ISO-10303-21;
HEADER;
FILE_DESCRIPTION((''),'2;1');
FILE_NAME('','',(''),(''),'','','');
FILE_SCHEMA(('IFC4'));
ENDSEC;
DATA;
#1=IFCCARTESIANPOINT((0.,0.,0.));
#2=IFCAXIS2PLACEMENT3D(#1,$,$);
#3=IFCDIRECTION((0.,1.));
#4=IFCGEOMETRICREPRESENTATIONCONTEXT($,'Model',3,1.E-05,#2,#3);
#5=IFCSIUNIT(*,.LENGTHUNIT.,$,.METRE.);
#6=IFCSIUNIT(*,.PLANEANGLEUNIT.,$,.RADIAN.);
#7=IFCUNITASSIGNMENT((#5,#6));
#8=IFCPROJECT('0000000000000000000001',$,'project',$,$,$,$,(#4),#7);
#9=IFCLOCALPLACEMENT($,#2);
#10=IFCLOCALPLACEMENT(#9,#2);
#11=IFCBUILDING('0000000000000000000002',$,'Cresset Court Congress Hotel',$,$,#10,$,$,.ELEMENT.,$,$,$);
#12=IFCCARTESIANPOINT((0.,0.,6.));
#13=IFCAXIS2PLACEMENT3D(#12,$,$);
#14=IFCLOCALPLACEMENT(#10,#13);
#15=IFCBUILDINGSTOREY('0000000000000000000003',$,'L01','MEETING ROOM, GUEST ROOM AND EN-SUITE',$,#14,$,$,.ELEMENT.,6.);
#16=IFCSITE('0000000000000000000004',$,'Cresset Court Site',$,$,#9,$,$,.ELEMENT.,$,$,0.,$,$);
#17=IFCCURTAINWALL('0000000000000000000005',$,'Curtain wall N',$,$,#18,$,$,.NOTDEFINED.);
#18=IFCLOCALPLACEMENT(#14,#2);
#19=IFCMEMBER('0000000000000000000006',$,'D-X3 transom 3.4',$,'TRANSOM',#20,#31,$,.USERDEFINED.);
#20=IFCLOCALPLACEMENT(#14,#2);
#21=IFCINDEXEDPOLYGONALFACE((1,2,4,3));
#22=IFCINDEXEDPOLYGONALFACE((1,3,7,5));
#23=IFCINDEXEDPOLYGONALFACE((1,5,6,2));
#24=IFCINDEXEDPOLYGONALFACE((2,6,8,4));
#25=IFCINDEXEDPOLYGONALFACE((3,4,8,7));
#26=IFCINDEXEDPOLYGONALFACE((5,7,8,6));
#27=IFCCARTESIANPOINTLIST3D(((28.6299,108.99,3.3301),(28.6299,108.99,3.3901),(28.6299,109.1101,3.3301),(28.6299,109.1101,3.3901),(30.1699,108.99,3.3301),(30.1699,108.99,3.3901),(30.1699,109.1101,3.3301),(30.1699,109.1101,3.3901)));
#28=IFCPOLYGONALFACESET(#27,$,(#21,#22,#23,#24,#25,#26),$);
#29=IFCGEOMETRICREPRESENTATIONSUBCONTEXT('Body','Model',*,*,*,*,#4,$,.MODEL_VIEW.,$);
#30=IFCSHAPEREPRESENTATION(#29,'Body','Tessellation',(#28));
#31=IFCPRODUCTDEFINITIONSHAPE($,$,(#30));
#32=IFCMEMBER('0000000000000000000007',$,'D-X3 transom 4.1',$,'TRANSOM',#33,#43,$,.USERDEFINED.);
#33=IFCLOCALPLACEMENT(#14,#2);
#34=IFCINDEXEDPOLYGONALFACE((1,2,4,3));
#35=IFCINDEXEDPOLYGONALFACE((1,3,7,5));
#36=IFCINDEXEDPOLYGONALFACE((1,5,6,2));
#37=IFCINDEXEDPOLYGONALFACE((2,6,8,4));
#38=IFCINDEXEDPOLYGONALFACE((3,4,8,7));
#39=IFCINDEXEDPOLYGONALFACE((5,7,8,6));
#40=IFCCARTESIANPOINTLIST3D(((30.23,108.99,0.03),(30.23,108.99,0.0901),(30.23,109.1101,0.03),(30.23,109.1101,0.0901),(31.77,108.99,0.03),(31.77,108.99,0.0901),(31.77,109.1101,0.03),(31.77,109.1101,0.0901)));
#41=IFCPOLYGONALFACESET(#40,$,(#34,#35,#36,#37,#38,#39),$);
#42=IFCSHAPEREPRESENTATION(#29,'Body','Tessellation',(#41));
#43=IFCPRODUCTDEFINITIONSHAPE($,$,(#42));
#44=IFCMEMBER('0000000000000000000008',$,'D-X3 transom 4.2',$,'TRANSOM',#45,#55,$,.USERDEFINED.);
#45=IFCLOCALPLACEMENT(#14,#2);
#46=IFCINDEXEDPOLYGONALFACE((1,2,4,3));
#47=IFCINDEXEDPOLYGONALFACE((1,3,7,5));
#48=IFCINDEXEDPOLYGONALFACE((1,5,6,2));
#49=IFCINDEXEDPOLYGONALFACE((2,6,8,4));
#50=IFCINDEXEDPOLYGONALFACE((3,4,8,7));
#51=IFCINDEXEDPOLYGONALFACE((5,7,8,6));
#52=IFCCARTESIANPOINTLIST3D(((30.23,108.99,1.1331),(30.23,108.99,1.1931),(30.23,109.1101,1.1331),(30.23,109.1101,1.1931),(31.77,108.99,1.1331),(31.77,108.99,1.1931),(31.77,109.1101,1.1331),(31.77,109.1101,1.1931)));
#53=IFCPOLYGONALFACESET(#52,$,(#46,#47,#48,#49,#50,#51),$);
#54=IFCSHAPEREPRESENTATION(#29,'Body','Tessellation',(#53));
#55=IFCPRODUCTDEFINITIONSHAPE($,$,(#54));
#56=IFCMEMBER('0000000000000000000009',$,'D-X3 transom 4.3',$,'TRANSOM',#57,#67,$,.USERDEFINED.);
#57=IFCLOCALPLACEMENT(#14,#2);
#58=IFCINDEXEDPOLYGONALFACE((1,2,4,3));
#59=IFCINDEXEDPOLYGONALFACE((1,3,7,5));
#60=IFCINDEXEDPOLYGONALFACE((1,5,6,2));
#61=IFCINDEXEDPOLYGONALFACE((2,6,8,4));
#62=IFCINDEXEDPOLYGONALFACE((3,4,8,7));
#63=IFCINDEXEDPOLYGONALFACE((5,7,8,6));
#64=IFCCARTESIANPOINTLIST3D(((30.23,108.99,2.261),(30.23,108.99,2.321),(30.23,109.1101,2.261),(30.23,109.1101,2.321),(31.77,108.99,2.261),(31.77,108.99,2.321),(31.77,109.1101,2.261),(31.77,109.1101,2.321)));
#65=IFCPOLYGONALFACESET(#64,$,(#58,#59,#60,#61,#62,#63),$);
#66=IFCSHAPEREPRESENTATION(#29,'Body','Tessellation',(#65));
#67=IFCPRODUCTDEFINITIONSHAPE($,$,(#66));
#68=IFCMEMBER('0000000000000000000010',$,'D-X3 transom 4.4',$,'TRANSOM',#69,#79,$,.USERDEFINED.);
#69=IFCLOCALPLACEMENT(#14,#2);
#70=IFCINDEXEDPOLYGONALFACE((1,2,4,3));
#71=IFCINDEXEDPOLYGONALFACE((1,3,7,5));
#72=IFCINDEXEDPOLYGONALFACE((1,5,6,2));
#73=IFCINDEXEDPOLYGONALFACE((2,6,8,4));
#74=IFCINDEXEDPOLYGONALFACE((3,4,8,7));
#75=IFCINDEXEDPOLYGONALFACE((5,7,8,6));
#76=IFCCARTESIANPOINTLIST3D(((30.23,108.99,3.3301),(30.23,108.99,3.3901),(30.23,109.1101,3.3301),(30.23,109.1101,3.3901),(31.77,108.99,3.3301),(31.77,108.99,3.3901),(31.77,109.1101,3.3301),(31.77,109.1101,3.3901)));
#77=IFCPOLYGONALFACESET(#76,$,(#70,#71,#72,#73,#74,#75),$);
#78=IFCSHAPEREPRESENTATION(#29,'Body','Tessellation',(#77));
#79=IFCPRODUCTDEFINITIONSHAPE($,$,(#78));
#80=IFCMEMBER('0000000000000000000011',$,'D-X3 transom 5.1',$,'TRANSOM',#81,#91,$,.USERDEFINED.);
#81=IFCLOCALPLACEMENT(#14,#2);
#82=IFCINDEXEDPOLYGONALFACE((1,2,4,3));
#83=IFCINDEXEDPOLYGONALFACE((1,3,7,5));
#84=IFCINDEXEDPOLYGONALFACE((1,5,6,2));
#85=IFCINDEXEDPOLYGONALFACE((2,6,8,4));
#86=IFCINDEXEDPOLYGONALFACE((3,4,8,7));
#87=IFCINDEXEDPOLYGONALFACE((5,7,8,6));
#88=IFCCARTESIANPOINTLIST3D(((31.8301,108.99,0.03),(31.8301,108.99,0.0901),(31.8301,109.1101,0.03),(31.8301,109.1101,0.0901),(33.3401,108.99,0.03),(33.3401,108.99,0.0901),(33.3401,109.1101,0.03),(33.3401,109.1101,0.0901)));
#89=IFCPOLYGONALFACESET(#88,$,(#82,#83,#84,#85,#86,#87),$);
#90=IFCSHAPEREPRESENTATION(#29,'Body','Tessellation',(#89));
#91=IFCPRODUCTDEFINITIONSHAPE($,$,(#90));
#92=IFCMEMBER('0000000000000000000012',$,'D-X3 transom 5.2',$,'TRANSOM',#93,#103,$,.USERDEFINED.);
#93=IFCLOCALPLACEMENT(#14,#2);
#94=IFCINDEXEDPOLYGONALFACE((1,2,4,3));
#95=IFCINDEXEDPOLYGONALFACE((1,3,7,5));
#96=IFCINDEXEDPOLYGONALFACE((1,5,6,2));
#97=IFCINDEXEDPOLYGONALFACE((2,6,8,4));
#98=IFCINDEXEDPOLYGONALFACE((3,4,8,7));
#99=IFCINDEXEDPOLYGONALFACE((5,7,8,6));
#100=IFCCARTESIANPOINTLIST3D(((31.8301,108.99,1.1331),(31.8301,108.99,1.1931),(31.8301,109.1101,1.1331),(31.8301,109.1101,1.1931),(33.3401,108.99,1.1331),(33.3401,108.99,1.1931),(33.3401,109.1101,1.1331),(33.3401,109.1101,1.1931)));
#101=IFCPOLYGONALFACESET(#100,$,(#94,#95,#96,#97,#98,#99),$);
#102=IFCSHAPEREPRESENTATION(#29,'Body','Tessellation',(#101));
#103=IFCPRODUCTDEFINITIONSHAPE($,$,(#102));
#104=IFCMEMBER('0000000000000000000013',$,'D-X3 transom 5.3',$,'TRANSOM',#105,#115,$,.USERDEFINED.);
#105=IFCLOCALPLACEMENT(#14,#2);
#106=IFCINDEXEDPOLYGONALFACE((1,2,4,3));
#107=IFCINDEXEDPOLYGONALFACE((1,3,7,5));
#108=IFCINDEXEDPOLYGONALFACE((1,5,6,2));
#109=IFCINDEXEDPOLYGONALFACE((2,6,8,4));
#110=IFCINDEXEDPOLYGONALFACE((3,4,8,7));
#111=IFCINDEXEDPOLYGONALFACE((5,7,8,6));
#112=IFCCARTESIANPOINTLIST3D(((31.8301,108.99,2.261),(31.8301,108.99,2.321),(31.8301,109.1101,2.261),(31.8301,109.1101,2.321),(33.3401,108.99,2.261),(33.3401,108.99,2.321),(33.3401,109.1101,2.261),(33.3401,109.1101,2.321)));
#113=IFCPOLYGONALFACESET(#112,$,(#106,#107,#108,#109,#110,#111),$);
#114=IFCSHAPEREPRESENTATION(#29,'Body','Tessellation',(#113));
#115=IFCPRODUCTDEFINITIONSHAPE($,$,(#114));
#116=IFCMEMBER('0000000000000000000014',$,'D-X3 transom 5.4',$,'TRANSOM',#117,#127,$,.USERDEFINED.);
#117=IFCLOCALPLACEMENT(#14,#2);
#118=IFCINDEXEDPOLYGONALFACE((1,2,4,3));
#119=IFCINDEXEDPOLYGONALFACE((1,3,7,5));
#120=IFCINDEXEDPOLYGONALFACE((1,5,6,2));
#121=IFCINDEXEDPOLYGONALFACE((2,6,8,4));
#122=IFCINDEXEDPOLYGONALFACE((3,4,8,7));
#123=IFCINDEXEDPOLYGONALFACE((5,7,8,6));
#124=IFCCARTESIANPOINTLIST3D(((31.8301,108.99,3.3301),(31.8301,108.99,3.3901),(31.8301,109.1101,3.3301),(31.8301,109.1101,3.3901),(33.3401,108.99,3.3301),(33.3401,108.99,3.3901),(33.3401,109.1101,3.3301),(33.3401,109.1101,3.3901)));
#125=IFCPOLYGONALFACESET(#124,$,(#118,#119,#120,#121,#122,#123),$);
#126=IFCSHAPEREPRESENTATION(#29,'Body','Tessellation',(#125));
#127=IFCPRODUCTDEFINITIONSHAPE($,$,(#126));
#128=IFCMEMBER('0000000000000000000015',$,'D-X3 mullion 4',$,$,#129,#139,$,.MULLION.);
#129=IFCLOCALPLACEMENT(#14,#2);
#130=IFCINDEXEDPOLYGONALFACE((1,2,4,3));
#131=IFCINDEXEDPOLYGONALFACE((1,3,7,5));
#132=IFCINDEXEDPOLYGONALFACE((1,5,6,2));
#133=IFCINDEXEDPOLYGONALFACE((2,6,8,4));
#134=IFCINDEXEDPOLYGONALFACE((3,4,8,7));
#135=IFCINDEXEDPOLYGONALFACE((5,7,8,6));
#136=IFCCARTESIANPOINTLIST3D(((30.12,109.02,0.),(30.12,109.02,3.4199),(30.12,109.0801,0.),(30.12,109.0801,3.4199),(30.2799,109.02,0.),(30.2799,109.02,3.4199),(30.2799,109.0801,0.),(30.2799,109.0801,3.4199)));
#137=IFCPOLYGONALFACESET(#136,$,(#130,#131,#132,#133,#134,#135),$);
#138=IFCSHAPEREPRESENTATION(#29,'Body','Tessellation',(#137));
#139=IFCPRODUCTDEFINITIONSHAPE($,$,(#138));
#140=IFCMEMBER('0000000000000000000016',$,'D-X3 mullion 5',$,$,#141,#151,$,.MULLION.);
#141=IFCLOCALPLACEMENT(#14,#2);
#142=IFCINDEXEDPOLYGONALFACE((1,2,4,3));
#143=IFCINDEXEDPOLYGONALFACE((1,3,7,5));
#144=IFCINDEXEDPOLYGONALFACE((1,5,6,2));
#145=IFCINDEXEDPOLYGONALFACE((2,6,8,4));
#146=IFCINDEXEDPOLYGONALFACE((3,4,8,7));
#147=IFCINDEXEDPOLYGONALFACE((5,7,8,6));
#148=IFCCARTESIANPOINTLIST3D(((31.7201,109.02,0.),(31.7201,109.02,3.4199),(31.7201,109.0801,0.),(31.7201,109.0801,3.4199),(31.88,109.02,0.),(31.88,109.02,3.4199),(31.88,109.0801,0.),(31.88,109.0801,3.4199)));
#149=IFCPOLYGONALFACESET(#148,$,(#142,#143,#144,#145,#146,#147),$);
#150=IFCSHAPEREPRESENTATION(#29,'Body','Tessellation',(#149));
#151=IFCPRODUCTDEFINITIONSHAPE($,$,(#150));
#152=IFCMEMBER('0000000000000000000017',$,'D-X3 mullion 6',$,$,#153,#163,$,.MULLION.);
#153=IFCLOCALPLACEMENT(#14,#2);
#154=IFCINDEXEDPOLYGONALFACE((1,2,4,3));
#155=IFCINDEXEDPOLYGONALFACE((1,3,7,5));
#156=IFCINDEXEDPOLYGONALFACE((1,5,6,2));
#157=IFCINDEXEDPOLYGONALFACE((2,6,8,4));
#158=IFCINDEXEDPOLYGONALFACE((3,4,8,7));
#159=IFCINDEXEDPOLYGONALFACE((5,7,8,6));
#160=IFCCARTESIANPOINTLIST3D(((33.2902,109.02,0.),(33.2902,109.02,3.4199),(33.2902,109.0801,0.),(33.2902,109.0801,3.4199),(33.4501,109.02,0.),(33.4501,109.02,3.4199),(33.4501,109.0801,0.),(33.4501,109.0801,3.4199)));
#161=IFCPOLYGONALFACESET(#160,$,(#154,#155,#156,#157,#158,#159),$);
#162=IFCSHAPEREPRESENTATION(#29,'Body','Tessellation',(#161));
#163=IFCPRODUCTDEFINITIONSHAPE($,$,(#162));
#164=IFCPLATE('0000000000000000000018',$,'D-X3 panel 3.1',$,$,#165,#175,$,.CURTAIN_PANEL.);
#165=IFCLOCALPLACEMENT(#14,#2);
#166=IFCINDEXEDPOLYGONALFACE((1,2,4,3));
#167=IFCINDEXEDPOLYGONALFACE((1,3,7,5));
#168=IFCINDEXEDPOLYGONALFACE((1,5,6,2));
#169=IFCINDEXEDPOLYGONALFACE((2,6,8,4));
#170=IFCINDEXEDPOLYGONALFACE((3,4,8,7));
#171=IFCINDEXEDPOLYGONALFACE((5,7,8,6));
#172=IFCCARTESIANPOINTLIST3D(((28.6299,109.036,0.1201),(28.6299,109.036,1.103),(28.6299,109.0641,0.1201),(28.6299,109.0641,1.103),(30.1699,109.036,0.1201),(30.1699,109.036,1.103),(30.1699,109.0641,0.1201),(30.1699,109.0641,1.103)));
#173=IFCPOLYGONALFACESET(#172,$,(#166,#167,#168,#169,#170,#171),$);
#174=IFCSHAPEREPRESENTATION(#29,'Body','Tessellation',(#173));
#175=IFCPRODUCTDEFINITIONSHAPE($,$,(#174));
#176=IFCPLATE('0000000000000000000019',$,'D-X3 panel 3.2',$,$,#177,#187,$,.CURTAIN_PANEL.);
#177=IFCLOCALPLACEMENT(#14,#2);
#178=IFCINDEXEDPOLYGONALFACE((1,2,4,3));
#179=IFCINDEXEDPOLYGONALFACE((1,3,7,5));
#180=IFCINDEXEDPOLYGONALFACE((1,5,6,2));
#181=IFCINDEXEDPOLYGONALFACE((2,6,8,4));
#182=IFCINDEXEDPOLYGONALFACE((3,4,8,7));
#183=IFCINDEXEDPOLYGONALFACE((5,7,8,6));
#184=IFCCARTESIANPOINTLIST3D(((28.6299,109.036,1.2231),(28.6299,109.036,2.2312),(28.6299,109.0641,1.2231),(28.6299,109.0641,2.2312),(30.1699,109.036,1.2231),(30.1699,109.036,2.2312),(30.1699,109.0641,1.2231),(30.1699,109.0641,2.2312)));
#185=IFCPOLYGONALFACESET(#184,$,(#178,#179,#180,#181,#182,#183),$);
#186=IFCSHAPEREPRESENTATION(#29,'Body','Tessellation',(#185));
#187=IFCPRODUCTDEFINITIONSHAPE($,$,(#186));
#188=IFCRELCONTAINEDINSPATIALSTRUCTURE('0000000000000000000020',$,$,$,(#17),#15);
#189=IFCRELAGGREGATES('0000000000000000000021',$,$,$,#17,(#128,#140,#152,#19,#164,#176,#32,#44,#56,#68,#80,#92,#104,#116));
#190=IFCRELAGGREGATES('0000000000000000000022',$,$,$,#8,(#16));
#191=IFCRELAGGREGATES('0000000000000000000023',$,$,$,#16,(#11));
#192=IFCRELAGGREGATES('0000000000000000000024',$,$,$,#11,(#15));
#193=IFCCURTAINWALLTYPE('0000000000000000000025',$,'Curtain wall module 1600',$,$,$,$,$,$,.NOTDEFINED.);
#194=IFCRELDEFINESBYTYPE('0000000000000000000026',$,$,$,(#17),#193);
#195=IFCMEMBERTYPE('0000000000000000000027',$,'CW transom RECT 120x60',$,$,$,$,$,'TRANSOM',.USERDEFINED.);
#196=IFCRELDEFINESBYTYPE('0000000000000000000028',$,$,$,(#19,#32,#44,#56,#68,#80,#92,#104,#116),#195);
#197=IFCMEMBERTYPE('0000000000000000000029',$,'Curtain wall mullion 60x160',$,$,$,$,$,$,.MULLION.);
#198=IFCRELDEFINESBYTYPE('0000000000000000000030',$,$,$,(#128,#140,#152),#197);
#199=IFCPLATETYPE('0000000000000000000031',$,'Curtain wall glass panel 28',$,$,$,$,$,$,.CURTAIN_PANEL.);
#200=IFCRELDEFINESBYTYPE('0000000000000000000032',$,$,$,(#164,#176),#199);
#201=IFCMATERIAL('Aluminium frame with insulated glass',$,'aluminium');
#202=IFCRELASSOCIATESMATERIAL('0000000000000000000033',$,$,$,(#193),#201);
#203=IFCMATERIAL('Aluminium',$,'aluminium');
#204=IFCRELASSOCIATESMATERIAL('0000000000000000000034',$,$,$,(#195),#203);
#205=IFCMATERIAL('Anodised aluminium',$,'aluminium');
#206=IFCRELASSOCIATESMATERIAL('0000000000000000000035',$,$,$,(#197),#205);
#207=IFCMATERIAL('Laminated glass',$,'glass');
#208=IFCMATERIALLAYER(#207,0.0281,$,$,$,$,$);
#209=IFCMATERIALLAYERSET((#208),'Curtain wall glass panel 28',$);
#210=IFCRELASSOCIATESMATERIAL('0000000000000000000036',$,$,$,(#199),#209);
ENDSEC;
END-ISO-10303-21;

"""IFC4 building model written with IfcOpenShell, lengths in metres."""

from ifc_helpers import new_model, si_unit, direction, frame, origin, origin_2d, place, context, subcontext, project, spatial, rectangle, extrude, material, layer, layer_set, material_profile, profile_set, type_object, element, aggregate, save


model = new_model("IFC4")

# Units and contexts
model_context = context("Model", 3, precision=1e-05, world=origin(), true_north=direction((0.0, 1.0)))
body_context = subcontext(model_context, "Body", "Model", "MODEL_VIEW")
ifc_project = project(units=[si_unit("LENGTHUNIT", "METRE"), si_unit("PLANEANGLEUNIT", "RADIAN")], contexts=[model_context])

# Site, building, storey
site_placement = place(None, origin())
site = spatial("IfcSite", under=ifc_project, at=site_placement, Name="Cresset Court Site", CompositionType="ELEMENT", RefElevation=0.0)
building_placement = place(site_placement, origin())
building = spatial("IfcBuilding", under=site, at=building_placement, Name="Cresset Court Congress Hotel", CompositionType="ELEMENT")
storey_placement = place(building_placement, frame((0.0, 0.0, 6.0)))
storey = spatial("IfcBuildingStorey", under=building, at=storey_placement, Name="L01", Description="MEETING ROOM, GUEST ROOM AND EN-SUITE", CompositionType="ELEMENT", Elevation=6.0)

# Curtain wall, members, plates
ifc_material_1 = material(Name="Aluminium frame with insulated glass", Category="aluminium")
curtain_wall_type = type_object("IfcCurtainWallType", Name="Curtain wall module 1600", PredefinedType="NOTDEFINED", material=ifc_material_1)
curtain_wall_placement = place(storey_placement, origin())
curtain_wall = element("IfcCurtainWall", 1, at=curtain_wall_placement, inside=storey, type_object=curtain_wall_type, Name="Curtain wall N", PredefinedType="NOTDEFINED")
ifc_material_2 = material(Name="Aluminium", Category="aluminium")
ifc_material_profile_1 = material_profile(ifc_material_2, rectangle(XDim=0.1201, YDim=0.0601, at=origin_2d()), Name="AL 120x60")
ifc_profile_set_1 = profile_set([ifc_material_profile_1], Name="Aluminium")
member_type_1 = type_object("IfcMemberType", Name="CW transom RECT 120x60", ElementType="TRANSOM", PredefinedType="USERDEFINED", material=ifc_profile_set_1)
member_1_placement = place(storey_placement, frame((28.6299, 109.05, 3.3601), z_axis=(1.0, 0.0, 0.0), x_axis=(0.0, 1.0, 0.0)))
member_1 = element("IfcMember", 2, at=member_1_placement, type_object=member_type_1, Name="D-X3 transom 3.4", ObjectType="TRANSOM", PredefinedType="USERDEFINED", context=body_context, shape_type="SweptSolid", body=[
    extrude(rectangle(XDim=0.1201, YDim=0.0601, at=origin_2d()), origin(), (0.0, 0.0, 1.0), 1.54),
])
member_2_placement = place(storey_placement, frame((30.23, 109.05, 0.0601), z_axis=(1.0, 0.0, 0.0), x_axis=(0.0, 1.0, 0.0)))
member_2 = element("IfcMember", 3, at=member_2_placement, type_object=member_type_1, Name="D-X3 transom 4.1", ObjectType="TRANSOM", PredefinedType="USERDEFINED", context=body_context, shape_type="SweptSolid", body=[
    extrude(rectangle(XDim=0.1201, YDim=0.0601, at=origin_2d()), origin(), (0.0, 0.0, 1.0), 1.54),
])
member_3_placement = place(storey_placement, frame((30.23, 109.05, 1.1631), z_axis=(1.0, 0.0, 0.0), x_axis=(0.0, 1.0, 0.0)))
member_3 = element("IfcMember", 4, at=member_3_placement, type_object=member_type_1, Name="D-X3 transom 4.2", ObjectType="TRANSOM", PredefinedType="USERDEFINED", context=body_context, shape_type="SweptSolid", body=[
    extrude(rectangle(XDim=0.1201, YDim=0.0601, at=origin_2d()), origin(), (0.0, 0.0, 1.0), 1.54),
])
member_4_placement = place(storey_placement, frame((30.23, 109.05, 2.291), z_axis=(1.0, 0.0, 0.0), x_axis=(0.0, 1.0, 0.0)))
member_4 = element("IfcMember", 5, at=member_4_placement, type_object=member_type_1, Name="D-X3 transom 4.3", ObjectType="TRANSOM", PredefinedType="USERDEFINED", context=body_context, shape_type="SweptSolid", body=[
    extrude(rectangle(XDim=0.1201, YDim=0.0601, at=origin_2d()), origin(), (0.0, 0.0, 1.0), 1.54),
])
member_5_placement = place(storey_placement, frame((30.23, 109.05, 3.3601), z_axis=(1.0, 0.0, 0.0), x_axis=(0.0, 1.0, 0.0)))
member_5 = element("IfcMember", 6, at=member_5_placement, type_object=member_type_1, Name="D-X3 transom 4.4", ObjectType="TRANSOM", PredefinedType="USERDEFINED", context=body_context, shape_type="SweptSolid", body=[
    extrude(rectangle(XDim=0.1201, YDim=0.0601, at=origin_2d()), origin(), (0.0, 0.0, 1.0), 1.54),
])
member_6_placement = place(storey_placement, frame((31.8301, 109.05, 0.0601), z_axis=(1.0, 0.0, 0.0), x_axis=(0.0, 1.0, 0.0)))
member_6 = element("IfcMember", 7, at=member_6_placement, type_object=member_type_1, Name="D-X3 transom 5.1", ObjectType="TRANSOM", PredefinedType="USERDEFINED", context=body_context, shape_type="SweptSolid", body=[
    extrude(rectangle(XDim=0.1201, YDim=0.0601, at=origin_2d()), origin(), (0.0, 0.0, 1.0), 1.51),
])
member_7_placement = place(storey_placement, frame((31.8301, 109.05, 1.1631), z_axis=(1.0, 0.0, 0.0), x_axis=(0.0, 1.0, 0.0)))
member_7 = element("IfcMember", 8, at=member_7_placement, type_object=member_type_1, Name="D-X3 transom 5.2", ObjectType="TRANSOM", PredefinedType="USERDEFINED", context=body_context, shape_type="SweptSolid", body=[
    extrude(rectangle(XDim=0.1201, YDim=0.0601, at=origin_2d()), origin(), (0.0, 0.0, 1.0), 1.51),
])
member_8_placement = place(storey_placement, frame((31.8301, 109.05, 2.291), z_axis=(1.0, 0.0, 0.0), x_axis=(0.0, 1.0, 0.0)))
member_8 = element("IfcMember", 9, at=member_8_placement, type_object=member_type_1, Name="D-X3 transom 5.3", ObjectType="TRANSOM", PredefinedType="USERDEFINED", context=body_context, shape_type="SweptSolid", body=[
    extrude(rectangle(XDim=0.1201, YDim=0.0601, at=origin_2d()), origin(), (0.0, 0.0, 1.0), 1.51),
])
member_9_placement = place(storey_placement, frame((31.8301, 109.05, 3.3601), z_axis=(1.0, 0.0, 0.0), x_axis=(0.0, 1.0, 0.0)))
member_9 = element("IfcMember", 10, at=member_9_placement, type_object=member_type_1, Name="D-X3 transom 5.4", ObjectType="TRANSOM", PredefinedType="USERDEFINED", context=body_context, shape_type="SweptSolid", body=[
    extrude(rectangle(XDim=0.1201, YDim=0.0601, at=origin_2d()), origin(), (0.0, 0.0, 1.0), 1.51),
])
ifc_material_3 = material(Name="Anodised aluminium", Category="aluminium")
ifc_material_profile_2 = material_profile(ifc_material_3, rectangle(XDim=0.0601, YDim=0.1599, at=origin_2d()), Name="AL60x160")
ifc_profile_set_2 = profile_set([ifc_material_profile_2], Name="Anodised aluminium")
member_type_2 = type_object("IfcMemberType", Name="Curtain wall mullion 60x160", PredefinedType="MULLION", material=ifc_profile_set_2)
member_10_placement = place(storey_placement, frame((30.2, 109.05, 0.0), z_axis=(0.0, 0.0, 1.0), x_axis=(0.0, 1.0, 0.0)))
member_10 = element("IfcMember", 11, at=member_10_placement, type_object=member_type_2, Name="D-X3 mullion 4", PredefinedType="MULLION", context=body_context, shape_type="SweptSolid", body=[
    extrude(rectangle(XDim=0.0601, YDim=0.1599, at=origin_2d()), origin(), (0.0, 0.0, 1.0), 3.4199),
])
member_11_placement = place(storey_placement, frame((31.8, 109.05, 0.0), z_axis=(0.0, 0.0, 1.0), x_axis=(0.0, 1.0, 0.0)))
member_11 = element("IfcMember", 12, at=member_11_placement, type_object=member_type_2, Name="D-X3 mullion 5", PredefinedType="MULLION", context=body_context, shape_type="SweptSolid", body=[
    extrude(rectangle(XDim=0.0601, YDim=0.1599, at=origin_2d()), origin(), (0.0, 0.0, 1.0), 3.4199),
])
member_12_placement = place(storey_placement, frame((33.3701, 109.05, 0.0), z_axis=(0.0, 0.0, 1.0), x_axis=(0.0, 1.0, 0.0)))
member_12 = element("IfcMember", 13, at=member_12_placement, type_object=member_type_2, Name="D-X3 mullion 6", PredefinedType="MULLION", context=body_context, shape_type="SweptSolid", body=[
    extrude(rectangle(XDim=0.0601, YDim=0.1599, at=origin_2d()), origin(), (0.0, 0.0, 1.0), 3.4199),
])
ifc_material_4 = material(Name="Laminated glass", Category="glass")
ifc_layer_1 = layer(ifc_material_4, 0.0281)
ifc_layer_set_1 = layer_set([ifc_layer_1], Name="Curtain wall glass panel 28")
plate_type = type_object("IfcPlateType", Name="Curtain wall glass panel 28", PredefinedType="CURTAIN_PANEL", material=ifc_layer_set_1)
plate_1_placement = place(storey_placement, frame((29.3999, 109.05, 0.1201), z_axis=(0.0, 0.0, 1.0), x_axis=(1.0, 0.0, 0.0)))
plate_1 = element("IfcPlate", 14, at=plate_1_placement, type_object=plate_type, Name="D-X3 panel 3.1", PredefinedType="CURTAIN_PANEL", context=body_context, shape_type="SweptSolid", body=[
    extrude(rectangle(XDim=1.54, YDim=0.0281, at=origin_2d()), origin(), (0.0, 0.0, 1.0), 0.9829),
])
plate_2_placement = place(storey_placement, frame((29.3999, 109.05, 1.2231), z_axis=(0.0, 0.0, 1.0), x_axis=(1.0, 0.0, 0.0)))
plate_2 = element("IfcPlate", 15, at=plate_2_placement, type_object=plate_type, Name="D-X3 panel 3.2", PredefinedType="CURTAIN_PANEL", context=body_context, shape_type="SweptSolid", body=[
    extrude(rectangle(XDim=1.54, YDim=0.0281, at=origin_2d()), origin(), (0.0, 0.0, 1.0), 1.0081),
])
aggregate(curtain_wall, [member_10, member_11, member_12, member_1, plate_1, plate_2, member_2, member_3, member_4, member_5, member_6, member_7, member_8, member_9])

save(model, "model.ifc")
